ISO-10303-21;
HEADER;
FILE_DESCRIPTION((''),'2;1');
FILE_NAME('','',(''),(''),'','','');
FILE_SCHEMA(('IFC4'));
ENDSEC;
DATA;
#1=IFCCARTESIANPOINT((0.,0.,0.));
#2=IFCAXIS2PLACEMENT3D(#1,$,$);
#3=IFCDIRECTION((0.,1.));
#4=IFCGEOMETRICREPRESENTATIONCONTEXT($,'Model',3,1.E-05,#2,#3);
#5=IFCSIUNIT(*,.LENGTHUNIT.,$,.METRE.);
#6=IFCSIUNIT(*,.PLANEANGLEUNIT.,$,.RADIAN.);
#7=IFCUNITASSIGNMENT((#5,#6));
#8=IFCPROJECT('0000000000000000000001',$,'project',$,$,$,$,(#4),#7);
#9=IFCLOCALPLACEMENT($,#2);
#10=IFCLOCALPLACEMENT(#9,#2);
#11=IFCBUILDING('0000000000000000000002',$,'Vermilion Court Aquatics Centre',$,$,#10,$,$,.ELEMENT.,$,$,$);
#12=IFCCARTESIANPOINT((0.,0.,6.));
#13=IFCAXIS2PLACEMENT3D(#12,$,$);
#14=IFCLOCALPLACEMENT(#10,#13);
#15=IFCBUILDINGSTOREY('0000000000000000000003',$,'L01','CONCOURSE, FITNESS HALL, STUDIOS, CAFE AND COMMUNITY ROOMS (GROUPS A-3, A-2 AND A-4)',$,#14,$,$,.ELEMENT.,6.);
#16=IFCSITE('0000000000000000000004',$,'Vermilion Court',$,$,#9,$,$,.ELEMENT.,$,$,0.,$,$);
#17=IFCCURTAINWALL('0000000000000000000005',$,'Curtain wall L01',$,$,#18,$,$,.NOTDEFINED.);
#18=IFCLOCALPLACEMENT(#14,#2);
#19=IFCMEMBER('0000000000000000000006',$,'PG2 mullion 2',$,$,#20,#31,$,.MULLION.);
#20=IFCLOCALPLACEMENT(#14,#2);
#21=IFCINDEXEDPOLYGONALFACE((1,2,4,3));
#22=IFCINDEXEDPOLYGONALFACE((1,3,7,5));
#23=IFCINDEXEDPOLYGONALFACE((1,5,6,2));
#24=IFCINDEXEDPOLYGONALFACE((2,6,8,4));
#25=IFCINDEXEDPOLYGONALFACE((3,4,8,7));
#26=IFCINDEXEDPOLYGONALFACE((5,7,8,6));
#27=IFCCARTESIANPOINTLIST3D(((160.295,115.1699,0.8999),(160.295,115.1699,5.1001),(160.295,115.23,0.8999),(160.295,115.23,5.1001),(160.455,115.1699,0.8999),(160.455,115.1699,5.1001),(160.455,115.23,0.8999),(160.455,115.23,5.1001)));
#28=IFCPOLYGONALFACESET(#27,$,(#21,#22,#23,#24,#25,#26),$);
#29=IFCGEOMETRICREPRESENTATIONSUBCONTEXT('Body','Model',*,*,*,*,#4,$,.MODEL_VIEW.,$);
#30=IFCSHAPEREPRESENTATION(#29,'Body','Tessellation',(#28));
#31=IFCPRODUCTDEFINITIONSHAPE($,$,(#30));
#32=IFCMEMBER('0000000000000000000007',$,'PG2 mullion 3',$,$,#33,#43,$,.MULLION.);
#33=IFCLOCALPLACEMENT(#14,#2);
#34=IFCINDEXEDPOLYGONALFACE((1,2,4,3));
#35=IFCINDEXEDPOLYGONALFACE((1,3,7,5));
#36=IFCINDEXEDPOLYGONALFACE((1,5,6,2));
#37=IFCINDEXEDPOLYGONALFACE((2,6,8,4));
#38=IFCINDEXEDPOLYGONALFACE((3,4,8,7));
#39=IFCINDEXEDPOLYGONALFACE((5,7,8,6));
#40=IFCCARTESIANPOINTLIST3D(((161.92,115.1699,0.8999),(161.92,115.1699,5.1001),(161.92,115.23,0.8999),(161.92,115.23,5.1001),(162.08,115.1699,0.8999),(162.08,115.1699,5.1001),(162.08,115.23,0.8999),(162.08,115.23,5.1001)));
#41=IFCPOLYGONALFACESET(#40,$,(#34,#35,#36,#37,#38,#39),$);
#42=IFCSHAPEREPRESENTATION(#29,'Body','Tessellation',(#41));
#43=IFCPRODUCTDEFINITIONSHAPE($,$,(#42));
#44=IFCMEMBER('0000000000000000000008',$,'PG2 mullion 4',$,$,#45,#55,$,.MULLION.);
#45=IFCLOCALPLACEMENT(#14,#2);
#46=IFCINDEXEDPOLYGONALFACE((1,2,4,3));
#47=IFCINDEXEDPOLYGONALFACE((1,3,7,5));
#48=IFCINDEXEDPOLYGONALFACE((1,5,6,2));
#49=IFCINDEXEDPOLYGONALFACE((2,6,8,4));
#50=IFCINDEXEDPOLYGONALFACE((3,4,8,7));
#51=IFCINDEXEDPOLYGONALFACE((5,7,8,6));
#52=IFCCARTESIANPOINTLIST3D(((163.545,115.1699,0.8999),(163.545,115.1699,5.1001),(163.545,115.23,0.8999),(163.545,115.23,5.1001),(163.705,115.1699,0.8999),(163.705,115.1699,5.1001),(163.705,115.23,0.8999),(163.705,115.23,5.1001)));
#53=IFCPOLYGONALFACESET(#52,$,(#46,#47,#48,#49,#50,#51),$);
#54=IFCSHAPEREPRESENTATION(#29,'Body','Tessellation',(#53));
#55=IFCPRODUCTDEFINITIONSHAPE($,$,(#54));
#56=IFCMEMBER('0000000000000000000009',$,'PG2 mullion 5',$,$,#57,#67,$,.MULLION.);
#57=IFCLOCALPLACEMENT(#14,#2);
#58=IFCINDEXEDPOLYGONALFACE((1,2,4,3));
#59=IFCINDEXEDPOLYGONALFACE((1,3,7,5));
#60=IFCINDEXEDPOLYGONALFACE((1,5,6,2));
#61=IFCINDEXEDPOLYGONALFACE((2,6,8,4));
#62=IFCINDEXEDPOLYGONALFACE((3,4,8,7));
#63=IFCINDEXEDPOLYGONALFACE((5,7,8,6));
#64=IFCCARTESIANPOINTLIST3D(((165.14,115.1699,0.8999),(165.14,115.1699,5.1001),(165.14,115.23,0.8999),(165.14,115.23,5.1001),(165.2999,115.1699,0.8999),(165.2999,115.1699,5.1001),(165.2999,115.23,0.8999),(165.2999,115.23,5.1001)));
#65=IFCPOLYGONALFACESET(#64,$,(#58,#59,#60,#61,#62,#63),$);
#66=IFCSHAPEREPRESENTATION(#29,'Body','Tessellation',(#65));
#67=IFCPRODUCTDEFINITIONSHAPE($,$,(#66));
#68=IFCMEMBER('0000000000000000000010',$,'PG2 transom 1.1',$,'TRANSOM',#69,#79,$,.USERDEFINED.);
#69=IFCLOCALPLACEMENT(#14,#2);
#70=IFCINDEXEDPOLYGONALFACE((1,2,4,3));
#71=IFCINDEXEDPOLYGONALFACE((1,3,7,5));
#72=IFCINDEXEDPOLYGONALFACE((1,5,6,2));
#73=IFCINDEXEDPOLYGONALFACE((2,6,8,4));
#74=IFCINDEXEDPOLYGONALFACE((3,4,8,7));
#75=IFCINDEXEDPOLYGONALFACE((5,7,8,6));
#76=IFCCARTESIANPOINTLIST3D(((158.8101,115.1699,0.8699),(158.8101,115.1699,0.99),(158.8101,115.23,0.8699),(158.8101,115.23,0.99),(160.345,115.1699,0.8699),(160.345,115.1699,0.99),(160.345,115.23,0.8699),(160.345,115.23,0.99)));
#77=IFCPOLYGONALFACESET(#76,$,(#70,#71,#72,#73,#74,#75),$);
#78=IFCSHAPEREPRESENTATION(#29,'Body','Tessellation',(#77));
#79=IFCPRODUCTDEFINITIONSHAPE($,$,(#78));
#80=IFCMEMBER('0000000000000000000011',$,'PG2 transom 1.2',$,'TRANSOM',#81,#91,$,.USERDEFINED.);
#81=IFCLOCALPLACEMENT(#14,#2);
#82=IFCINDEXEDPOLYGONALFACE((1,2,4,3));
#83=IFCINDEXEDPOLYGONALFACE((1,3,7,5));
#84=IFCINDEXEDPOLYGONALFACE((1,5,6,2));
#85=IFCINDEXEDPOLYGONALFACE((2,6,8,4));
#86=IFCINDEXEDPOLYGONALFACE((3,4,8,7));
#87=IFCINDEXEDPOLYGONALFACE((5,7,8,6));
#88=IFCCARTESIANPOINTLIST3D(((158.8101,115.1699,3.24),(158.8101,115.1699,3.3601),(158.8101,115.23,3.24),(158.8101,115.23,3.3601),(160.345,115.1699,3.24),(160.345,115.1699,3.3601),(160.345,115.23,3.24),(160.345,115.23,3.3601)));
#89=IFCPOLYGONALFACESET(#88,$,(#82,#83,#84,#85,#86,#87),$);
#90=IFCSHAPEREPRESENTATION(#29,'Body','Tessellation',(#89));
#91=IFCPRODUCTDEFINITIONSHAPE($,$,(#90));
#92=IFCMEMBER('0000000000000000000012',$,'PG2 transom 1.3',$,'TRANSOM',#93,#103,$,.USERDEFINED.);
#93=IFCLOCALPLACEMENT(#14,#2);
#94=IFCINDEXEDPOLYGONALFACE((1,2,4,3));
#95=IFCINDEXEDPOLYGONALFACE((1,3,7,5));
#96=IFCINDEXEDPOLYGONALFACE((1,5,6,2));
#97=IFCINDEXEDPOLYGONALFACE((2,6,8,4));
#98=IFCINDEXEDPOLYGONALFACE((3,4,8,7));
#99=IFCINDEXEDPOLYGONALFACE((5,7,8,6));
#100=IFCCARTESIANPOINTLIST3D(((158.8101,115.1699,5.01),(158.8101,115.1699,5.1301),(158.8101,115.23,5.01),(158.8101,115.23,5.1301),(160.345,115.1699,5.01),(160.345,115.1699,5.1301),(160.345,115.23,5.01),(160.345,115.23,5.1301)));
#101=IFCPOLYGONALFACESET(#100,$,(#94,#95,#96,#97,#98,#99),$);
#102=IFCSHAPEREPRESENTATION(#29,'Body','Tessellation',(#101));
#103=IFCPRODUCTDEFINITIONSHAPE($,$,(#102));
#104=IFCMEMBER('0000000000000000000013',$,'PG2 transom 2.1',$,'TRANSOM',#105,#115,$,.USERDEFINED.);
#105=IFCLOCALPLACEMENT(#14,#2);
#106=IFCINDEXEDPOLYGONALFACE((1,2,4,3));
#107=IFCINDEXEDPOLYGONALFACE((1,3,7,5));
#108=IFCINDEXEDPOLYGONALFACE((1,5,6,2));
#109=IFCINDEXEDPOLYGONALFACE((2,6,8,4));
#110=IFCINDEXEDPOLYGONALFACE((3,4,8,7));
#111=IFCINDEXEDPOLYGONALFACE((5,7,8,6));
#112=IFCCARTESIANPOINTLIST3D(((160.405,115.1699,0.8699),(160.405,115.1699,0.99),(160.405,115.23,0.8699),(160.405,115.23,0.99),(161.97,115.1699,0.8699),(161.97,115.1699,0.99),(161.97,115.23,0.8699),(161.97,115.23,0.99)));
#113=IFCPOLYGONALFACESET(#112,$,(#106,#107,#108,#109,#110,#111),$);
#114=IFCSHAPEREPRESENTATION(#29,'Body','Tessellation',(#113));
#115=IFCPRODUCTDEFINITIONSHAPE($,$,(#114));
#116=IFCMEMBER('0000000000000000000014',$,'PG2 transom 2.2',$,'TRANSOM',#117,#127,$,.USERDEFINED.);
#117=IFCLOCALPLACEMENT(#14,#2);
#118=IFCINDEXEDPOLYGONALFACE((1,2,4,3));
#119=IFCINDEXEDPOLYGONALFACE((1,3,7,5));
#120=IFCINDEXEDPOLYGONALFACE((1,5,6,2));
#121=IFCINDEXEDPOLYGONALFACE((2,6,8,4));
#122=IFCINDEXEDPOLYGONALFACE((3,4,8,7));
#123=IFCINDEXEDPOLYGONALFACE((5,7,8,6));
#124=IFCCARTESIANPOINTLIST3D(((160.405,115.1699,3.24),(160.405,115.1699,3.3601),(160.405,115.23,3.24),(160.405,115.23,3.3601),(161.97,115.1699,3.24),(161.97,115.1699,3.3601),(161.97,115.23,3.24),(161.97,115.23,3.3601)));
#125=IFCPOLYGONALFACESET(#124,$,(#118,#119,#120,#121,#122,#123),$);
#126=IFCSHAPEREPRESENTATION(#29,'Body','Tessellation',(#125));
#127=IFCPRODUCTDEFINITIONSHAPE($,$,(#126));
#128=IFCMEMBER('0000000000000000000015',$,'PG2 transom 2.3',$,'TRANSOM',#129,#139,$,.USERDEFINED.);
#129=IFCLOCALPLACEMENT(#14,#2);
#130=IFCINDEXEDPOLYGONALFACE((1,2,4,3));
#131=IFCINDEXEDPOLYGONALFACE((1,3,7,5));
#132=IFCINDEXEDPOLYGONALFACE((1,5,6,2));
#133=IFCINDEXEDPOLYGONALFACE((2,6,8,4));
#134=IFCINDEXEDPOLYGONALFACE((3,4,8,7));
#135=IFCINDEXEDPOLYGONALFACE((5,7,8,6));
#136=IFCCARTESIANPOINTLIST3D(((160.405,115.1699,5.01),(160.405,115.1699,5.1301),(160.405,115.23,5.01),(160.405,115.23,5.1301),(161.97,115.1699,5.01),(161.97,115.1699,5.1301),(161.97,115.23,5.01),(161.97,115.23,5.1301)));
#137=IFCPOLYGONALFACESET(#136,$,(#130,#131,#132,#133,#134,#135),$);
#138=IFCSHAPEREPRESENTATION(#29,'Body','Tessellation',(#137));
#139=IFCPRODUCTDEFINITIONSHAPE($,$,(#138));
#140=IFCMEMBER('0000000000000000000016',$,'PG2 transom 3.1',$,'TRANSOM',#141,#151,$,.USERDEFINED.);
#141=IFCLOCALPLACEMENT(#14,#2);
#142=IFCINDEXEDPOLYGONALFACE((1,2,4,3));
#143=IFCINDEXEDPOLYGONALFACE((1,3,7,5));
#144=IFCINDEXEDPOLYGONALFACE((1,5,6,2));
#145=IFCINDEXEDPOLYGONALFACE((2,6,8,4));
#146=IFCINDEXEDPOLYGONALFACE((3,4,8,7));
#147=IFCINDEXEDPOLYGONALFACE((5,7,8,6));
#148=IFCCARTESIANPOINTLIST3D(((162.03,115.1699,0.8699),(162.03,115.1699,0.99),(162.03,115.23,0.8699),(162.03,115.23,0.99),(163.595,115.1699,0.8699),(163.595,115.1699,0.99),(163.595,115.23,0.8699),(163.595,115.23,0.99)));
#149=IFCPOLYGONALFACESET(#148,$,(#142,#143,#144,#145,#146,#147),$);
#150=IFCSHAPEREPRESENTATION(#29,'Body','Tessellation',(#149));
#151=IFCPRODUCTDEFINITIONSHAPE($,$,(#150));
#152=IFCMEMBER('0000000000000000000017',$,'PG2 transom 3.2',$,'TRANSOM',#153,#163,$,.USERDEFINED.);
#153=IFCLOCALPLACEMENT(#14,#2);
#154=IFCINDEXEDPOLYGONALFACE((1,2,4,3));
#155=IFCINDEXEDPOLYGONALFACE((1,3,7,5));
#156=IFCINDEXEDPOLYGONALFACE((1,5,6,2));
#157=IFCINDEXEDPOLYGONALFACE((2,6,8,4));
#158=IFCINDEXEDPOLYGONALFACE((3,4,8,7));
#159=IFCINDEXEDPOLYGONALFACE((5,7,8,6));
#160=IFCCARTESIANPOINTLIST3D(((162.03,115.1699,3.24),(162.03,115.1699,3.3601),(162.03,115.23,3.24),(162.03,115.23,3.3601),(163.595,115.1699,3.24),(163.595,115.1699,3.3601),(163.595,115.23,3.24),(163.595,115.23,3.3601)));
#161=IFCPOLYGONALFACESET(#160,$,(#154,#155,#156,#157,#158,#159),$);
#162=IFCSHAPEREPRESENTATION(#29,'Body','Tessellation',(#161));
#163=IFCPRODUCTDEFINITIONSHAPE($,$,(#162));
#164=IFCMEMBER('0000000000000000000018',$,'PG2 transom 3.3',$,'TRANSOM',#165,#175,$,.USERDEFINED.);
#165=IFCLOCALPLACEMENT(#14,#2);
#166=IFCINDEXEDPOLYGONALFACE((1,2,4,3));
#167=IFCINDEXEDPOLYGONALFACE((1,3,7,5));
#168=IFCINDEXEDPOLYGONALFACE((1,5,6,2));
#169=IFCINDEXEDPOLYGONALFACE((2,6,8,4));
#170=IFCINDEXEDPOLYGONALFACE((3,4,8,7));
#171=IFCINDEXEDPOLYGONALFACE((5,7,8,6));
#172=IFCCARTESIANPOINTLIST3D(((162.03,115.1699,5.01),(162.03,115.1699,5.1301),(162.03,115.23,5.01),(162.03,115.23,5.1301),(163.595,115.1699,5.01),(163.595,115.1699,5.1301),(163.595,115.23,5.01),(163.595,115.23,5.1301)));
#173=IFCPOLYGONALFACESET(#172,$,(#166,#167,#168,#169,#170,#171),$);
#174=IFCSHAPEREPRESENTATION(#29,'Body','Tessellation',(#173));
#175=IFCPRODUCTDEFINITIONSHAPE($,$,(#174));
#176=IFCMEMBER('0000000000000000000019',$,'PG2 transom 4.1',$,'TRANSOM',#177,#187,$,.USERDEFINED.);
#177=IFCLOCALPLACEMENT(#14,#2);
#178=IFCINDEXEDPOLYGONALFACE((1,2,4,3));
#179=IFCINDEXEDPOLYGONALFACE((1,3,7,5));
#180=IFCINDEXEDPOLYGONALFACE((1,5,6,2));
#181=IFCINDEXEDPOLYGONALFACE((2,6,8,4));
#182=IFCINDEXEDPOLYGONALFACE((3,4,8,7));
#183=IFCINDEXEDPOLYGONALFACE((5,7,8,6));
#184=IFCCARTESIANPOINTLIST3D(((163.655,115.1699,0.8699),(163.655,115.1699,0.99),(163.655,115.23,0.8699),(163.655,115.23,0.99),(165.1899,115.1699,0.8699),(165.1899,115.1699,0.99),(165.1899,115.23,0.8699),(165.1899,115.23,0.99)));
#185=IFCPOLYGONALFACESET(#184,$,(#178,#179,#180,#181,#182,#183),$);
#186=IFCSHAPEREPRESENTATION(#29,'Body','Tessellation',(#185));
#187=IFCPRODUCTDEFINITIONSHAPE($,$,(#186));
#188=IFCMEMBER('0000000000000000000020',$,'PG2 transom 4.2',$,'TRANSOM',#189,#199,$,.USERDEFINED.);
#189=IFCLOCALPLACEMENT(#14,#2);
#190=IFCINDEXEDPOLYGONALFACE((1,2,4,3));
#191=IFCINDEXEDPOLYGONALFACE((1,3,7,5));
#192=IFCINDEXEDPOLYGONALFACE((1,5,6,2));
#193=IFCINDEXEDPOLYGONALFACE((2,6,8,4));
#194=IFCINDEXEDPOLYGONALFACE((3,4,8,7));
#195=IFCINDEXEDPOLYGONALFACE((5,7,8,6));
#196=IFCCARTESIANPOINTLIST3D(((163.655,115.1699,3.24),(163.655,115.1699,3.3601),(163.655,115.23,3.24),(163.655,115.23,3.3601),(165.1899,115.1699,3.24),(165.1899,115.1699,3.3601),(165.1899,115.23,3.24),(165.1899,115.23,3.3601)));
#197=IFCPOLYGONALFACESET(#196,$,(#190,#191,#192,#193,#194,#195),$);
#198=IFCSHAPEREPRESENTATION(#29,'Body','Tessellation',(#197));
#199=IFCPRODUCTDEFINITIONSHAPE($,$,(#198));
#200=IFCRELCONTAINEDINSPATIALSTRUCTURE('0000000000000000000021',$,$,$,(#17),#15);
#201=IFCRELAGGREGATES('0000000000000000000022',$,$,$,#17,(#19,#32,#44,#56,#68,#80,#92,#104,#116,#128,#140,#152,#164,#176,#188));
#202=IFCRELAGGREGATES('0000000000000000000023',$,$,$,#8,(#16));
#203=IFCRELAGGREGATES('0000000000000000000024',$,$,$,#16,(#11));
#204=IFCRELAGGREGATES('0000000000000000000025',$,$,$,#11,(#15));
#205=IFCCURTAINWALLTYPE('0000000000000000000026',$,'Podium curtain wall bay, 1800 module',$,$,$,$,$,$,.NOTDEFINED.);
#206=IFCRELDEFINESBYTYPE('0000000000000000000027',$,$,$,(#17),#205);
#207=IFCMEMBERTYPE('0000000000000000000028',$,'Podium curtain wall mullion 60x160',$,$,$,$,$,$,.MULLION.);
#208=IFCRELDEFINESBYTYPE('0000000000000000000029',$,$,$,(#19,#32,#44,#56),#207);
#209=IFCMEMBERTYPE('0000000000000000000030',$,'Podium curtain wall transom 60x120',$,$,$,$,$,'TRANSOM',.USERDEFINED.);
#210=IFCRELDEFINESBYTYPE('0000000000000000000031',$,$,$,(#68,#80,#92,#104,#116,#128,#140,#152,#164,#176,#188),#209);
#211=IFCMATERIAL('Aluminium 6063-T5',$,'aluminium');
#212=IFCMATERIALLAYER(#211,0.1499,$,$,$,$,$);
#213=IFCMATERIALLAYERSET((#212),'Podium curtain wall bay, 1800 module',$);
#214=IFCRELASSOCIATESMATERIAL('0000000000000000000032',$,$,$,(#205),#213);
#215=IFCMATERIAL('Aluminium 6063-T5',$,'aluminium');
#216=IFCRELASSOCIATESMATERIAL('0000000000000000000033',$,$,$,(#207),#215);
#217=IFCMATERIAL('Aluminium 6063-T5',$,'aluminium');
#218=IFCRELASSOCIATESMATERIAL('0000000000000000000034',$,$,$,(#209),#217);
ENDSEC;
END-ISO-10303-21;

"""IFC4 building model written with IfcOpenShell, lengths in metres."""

from ifc_helpers import new_model, si_unit, direction, frame, origin, origin_2d, place, context, subcontext, project, spatial, rectangle, extrude, material, layer, layer_set, material_profile, profile_set, type_object, element, aggregate, save


model = new_model("IFC4")

# Units and contexts
model_context = context("Model", 3, precision=1e-05, world=origin(), true_north=direction((0.0, 1.0)))
body_context = subcontext(model_context, "Body", "Model", "MODEL_VIEW")
ifc_project = project(units=[si_unit("LENGTHUNIT", "METRE"), si_unit("PLANEANGLEUNIT", "RADIAN")], contexts=[model_context])

# Site, building, storey
site_placement = place(None, origin())
site = spatial("IfcSite", under=ifc_project, at=site_placement, Name="Vermilion Court", CompositionType="ELEMENT", RefElevation=0.0)
building_placement = place(site_placement, origin())
building = spatial("IfcBuilding", under=site, at=building_placement, Name="Vermilion Court Aquatics Centre", CompositionType="ELEMENT")
storey_placement = place(building_placement, frame((0.0, 0.0, 6.0)))
storey = spatial("IfcBuildingStorey", under=building, at=storey_placement, Name="L01", Description="CONCOURSE, FITNESS HALL, STUDIOS, CAFE AND COMMUNITY ROOMS (GROUPS A-3, A-2 AND A-4)", CompositionType="ELEMENT", Elevation=6.0)

# Curtain wall, members
ifc_material_1 = material(Name="Aluminium 6063-T5", Category="aluminium")
ifc_layer_1 = layer(ifc_material_1, 0.1499)
ifc_layer_set_1 = layer_set([ifc_layer_1], Name="Podium curtain wall bay, 1800 module")
curtain_wall_type = type_object("IfcCurtainWallType", Name="Podium curtain wall bay, 1800 module", PredefinedType="NOTDEFINED", material=ifc_layer_set_1)
curtain_wall_placement = place(storey_placement, origin())
curtain_wall = element("IfcCurtainWall", 1, at=curtain_wall_placement, inside=storey, type_object=curtain_wall_type, Name="Curtain wall L01", PredefinedType="NOTDEFINED")
ifc_material_2 = material(Name="Aluminium 6063-T5", Category="aluminium")
ifc_material_profile_1 = material_profile(ifc_material_2, rectangle(XDim=0.0601, YDim=0.1599, at=origin_2d()), Name="Mullion 60x160")
ifc_profile_set_1 = profile_set([ifc_material_profile_1], Name="Aluminium 6063-T5")
member_type_1 = type_object("IfcMemberType", Name="Podium curtain wall mullion 60x160", PredefinedType="MULLION", material=ifc_profile_set_1)
member_1_placement = place(storey_placement, frame((160.375, 115.2, 0.8999), z_axis=(0.0, 0.0, 1.0), x_axis=(0.0, 1.0, 0.0)))
member_1 = element("IfcMember", 2, at=member_1_placement, type_object=member_type_1, Name="PG2 mullion 2", PredefinedType="MULLION", context=body_context, shape_type="SweptSolid", body=[
    extrude(rectangle(XDim=0.0601, YDim=0.1599, at=origin_2d()), origin(), (0.0, 0.0, 1.0), 4.2002),
])
member_2_placement = place(storey_placement, frame((162.0, 115.2, 0.8999), z_axis=(0.0, 0.0, 1.0), x_axis=(0.0, 1.0, 0.0)))
member_2 = element("IfcMember", 3, at=member_2_placement, type_object=member_type_1, Name="PG2 mullion 3", PredefinedType="MULLION", context=body_context, shape_type="SweptSolid", body=[
    extrude(rectangle(XDim=0.0601, YDim=0.1599, at=origin_2d()), origin(), (0.0, 0.0, 1.0), 4.2002),
])
member_3_placement = place(storey_placement, frame((163.625, 115.2, 0.8999), z_axis=(0.0, 0.0, 1.0), x_axis=(0.0, 1.0, 0.0)))
member_3 = element("IfcMember", 4, at=member_3_placement, type_object=member_type_1, Name="PG2 mullion 4", PredefinedType="MULLION", context=body_context, shape_type="SweptSolid", body=[
    extrude(rectangle(XDim=0.0601, YDim=0.1599, at=origin_2d()), origin(), (0.0, 0.0, 1.0), 4.2002),
])
member_4_placement = place(storey_placement, frame((165.22, 115.2, 0.8999), z_axis=(0.0, 0.0, 1.0), x_axis=(0.0, 1.0, 0.0)))
member_4 = element("IfcMember", 5, at=member_4_placement, type_object=member_type_1, Name="PG2 mullion 5", PredefinedType="MULLION", context=body_context, shape_type="SweptSolid", body=[
    extrude(rectangle(XDim=0.0601, YDim=0.1599, at=origin_2d()), origin(), (0.0, 0.0, 1.0), 4.2002),
])
ifc_material_3 = material(Name="Aluminium 6063-T5", Category="aluminium")
ifc_material_profile_2 = material_profile(ifc_material_3, rectangle(XDim=0.0601, YDim=0.1201, at=origin_2d()), Name="Transom 60x120")
ifc_profile_set_2 = profile_set([ifc_material_profile_2], Name="Aluminium 6063-T5")
member_type_2 = type_object("IfcMemberType", Name="Podium curtain wall transom 60x120", ElementType="TRANSOM", PredefinedType="USERDEFINED", material=ifc_profile_set_2)
member_5_placement = place(storey_placement, frame((158.8101, 115.2, 0.9299), z_axis=(1.0, 0.0, 0.0), x_axis=(0.0, 1.0, 0.0)))
member_5 = element("IfcMember", 6, at=member_5_placement, type_object=member_type_2, Name="PG2 transom 1.1", ObjectType="TRANSOM", PredefinedType="USERDEFINED", context=body_context, shape_type="SweptSolid", body=[
    extrude(rectangle(XDim=0.0601, YDim=0.1201, at=origin_2d()), origin(), (0.0, 0.0, 1.0), 1.5349),
])
member_6_placement = place(storey_placement, frame((158.8101, 115.2, 3.3), z_axis=(1.0, 0.0, 0.0), x_axis=(0.0, 1.0, 0.0)))
member_6 = element("IfcMember", 7, at=member_6_placement, type_object=member_type_2, Name="PG2 transom 1.2", ObjectType="TRANSOM", PredefinedType="USERDEFINED", context=body_context, shape_type="SweptSolid", body=[
    extrude(rectangle(XDim=0.0601, YDim=0.1201, at=origin_2d()), origin(), (0.0, 0.0, 1.0), 1.5349),
])
member_7_placement = place(storey_placement, frame((158.8101, 115.2, 5.0701), z_axis=(1.0, 0.0, 0.0), x_axis=(0.0, 1.0, 0.0)))
member_7 = element("IfcMember", 8, at=member_7_placement, type_object=member_type_2, Name="PG2 transom 1.3", ObjectType="TRANSOM", PredefinedType="USERDEFINED", context=body_context, shape_type="SweptSolid", body=[
    extrude(rectangle(XDim=0.0601, YDim=0.1201, at=origin_2d()), origin(), (0.0, 0.0, 1.0), 1.5349),
])
member_8_placement = place(storey_placement, frame((160.405, 115.2, 0.9299), z_axis=(1.0, 0.0, 0.0), x_axis=(0.0, 1.0, 0.0)))
member_8 = element("IfcMember", 9, at=member_8_placement, type_object=member_type_2, Name="PG2 transom 2.1", ObjectType="TRANSOM", PredefinedType="USERDEFINED", context=body_context, shape_type="SweptSolid", body=[
    extrude(rectangle(XDim=0.0601, YDim=0.1201, at=origin_2d()), origin(), (0.0, 0.0, 1.0), 1.5649),
])
member_9_placement = place(storey_placement, frame((160.405, 115.2, 3.3), z_axis=(1.0, 0.0, 0.0), x_axis=(0.0, 1.0, 0.0)))
member_9 = element("IfcMember", 10, at=member_9_placement, type_object=member_type_2, Name="PG2 transom 2.2", ObjectType="TRANSOM", PredefinedType="USERDEFINED", context=body_context, shape_type="SweptSolid", body=[
    extrude(rectangle(XDim=0.0601, YDim=0.1201, at=origin_2d()), origin(), (0.0, 0.0, 1.0), 1.5649),
])
member_10_placement = place(storey_placement, frame((160.405, 115.2, 5.0701), z_axis=(1.0, 0.0, 0.0), x_axis=(0.0, 1.0, 0.0)))
member_10 = element("IfcMember", 11, at=member_10_placement, type_object=member_type_2, Name="PG2 transom 2.3", ObjectType="TRANSOM", PredefinedType="USERDEFINED", context=body_context, shape_type="SweptSolid", body=[
    extrude(rectangle(XDim=0.0601, YDim=0.1201, at=origin_2d()), origin(), (0.0, 0.0, 1.0), 1.5649),
])
member_11_placement = place(storey_placement, frame((162.03, 115.2, 0.9299), z_axis=(1.0, 0.0, 0.0), x_axis=(0.0, 1.0, 0.0)))
member_11 = element("IfcMember", 12, at=member_11_placement, type_object=member_type_2, Name="PG2 transom 3.1", ObjectType="TRANSOM", PredefinedType="USERDEFINED", context=body_context, shape_type="SweptSolid", body=[
    extrude(rectangle(XDim=0.0601, YDim=0.1201, at=origin_2d()), origin(), (0.0, 0.0, 1.0), 1.5649),
])
member_12_placement = place(storey_placement, frame((162.03, 115.2, 3.3), z_axis=(1.0, 0.0, 0.0), x_axis=(0.0, 1.0, 0.0)))
member_12 = element("IfcMember", 13, at=member_12_placement, type_object=member_type_2, Name="PG2 transom 3.2", ObjectType="TRANSOM", PredefinedType="USERDEFINED", context=body_context, shape_type="SweptSolid", body=[
    extrude(rectangle(XDim=0.0601, YDim=0.1201, at=origin_2d()), origin(), (0.0, 0.0, 1.0), 1.5649),
])
member_13_placement = place(storey_placement, frame((162.03, 115.2, 5.0701), z_axis=(1.0, 0.0, 0.0), x_axis=(0.0, 1.0, 0.0)))
member_13 = element("IfcMember", 14, at=member_13_placement, type_object=member_type_2, Name="PG2 transom 3.3", ObjectType="TRANSOM", PredefinedType="USERDEFINED", context=body_context, shape_type="SweptSolid", body=[
    extrude(rectangle(XDim=0.0601, YDim=0.1201, at=origin_2d()), origin(), (0.0, 0.0, 1.0), 1.5649),
])
member_14_placement = place(storey_placement, frame((163.655, 115.2, 0.9299), z_axis=(1.0, 0.0, 0.0), x_axis=(0.0, 1.0, 0.0)))
member_14 = element("IfcMember", 15, at=member_14_placement, type_object=member_type_2, Name="PG2 transom 4.1", ObjectType="TRANSOM", PredefinedType="USERDEFINED", context=body_context, shape_type="SweptSolid", body=[
    extrude(rectangle(XDim=0.0601, YDim=0.1201, at=origin_2d()), origin(), (0.0, 0.0, 1.0), 1.5349),
])
member_15_placement = place(storey_placement, frame((163.655, 115.2, 3.3), z_axis=(1.0, 0.0, 0.0), x_axis=(0.0, 1.0, 0.0)))
member_15 = element("IfcMember", 16, at=member_15_placement, type_object=member_type_2, Name="PG2 transom 4.2", ObjectType="TRANSOM", PredefinedType="USERDEFINED", context=body_context, shape_type="SweptSolid", body=[
    extrude(rectangle(XDim=0.0601, YDim=0.1201, at=origin_2d()), origin(), (0.0, 0.0, 1.0), 1.5349),
])
aggregate(curtain_wall, [member_1, member_2, member_3, member_4, member_5, member_6, member_7, member_8, member_9, member_10, member_11, member_12, member_13, member_14, member_15])

save(model, "model.ifc")
